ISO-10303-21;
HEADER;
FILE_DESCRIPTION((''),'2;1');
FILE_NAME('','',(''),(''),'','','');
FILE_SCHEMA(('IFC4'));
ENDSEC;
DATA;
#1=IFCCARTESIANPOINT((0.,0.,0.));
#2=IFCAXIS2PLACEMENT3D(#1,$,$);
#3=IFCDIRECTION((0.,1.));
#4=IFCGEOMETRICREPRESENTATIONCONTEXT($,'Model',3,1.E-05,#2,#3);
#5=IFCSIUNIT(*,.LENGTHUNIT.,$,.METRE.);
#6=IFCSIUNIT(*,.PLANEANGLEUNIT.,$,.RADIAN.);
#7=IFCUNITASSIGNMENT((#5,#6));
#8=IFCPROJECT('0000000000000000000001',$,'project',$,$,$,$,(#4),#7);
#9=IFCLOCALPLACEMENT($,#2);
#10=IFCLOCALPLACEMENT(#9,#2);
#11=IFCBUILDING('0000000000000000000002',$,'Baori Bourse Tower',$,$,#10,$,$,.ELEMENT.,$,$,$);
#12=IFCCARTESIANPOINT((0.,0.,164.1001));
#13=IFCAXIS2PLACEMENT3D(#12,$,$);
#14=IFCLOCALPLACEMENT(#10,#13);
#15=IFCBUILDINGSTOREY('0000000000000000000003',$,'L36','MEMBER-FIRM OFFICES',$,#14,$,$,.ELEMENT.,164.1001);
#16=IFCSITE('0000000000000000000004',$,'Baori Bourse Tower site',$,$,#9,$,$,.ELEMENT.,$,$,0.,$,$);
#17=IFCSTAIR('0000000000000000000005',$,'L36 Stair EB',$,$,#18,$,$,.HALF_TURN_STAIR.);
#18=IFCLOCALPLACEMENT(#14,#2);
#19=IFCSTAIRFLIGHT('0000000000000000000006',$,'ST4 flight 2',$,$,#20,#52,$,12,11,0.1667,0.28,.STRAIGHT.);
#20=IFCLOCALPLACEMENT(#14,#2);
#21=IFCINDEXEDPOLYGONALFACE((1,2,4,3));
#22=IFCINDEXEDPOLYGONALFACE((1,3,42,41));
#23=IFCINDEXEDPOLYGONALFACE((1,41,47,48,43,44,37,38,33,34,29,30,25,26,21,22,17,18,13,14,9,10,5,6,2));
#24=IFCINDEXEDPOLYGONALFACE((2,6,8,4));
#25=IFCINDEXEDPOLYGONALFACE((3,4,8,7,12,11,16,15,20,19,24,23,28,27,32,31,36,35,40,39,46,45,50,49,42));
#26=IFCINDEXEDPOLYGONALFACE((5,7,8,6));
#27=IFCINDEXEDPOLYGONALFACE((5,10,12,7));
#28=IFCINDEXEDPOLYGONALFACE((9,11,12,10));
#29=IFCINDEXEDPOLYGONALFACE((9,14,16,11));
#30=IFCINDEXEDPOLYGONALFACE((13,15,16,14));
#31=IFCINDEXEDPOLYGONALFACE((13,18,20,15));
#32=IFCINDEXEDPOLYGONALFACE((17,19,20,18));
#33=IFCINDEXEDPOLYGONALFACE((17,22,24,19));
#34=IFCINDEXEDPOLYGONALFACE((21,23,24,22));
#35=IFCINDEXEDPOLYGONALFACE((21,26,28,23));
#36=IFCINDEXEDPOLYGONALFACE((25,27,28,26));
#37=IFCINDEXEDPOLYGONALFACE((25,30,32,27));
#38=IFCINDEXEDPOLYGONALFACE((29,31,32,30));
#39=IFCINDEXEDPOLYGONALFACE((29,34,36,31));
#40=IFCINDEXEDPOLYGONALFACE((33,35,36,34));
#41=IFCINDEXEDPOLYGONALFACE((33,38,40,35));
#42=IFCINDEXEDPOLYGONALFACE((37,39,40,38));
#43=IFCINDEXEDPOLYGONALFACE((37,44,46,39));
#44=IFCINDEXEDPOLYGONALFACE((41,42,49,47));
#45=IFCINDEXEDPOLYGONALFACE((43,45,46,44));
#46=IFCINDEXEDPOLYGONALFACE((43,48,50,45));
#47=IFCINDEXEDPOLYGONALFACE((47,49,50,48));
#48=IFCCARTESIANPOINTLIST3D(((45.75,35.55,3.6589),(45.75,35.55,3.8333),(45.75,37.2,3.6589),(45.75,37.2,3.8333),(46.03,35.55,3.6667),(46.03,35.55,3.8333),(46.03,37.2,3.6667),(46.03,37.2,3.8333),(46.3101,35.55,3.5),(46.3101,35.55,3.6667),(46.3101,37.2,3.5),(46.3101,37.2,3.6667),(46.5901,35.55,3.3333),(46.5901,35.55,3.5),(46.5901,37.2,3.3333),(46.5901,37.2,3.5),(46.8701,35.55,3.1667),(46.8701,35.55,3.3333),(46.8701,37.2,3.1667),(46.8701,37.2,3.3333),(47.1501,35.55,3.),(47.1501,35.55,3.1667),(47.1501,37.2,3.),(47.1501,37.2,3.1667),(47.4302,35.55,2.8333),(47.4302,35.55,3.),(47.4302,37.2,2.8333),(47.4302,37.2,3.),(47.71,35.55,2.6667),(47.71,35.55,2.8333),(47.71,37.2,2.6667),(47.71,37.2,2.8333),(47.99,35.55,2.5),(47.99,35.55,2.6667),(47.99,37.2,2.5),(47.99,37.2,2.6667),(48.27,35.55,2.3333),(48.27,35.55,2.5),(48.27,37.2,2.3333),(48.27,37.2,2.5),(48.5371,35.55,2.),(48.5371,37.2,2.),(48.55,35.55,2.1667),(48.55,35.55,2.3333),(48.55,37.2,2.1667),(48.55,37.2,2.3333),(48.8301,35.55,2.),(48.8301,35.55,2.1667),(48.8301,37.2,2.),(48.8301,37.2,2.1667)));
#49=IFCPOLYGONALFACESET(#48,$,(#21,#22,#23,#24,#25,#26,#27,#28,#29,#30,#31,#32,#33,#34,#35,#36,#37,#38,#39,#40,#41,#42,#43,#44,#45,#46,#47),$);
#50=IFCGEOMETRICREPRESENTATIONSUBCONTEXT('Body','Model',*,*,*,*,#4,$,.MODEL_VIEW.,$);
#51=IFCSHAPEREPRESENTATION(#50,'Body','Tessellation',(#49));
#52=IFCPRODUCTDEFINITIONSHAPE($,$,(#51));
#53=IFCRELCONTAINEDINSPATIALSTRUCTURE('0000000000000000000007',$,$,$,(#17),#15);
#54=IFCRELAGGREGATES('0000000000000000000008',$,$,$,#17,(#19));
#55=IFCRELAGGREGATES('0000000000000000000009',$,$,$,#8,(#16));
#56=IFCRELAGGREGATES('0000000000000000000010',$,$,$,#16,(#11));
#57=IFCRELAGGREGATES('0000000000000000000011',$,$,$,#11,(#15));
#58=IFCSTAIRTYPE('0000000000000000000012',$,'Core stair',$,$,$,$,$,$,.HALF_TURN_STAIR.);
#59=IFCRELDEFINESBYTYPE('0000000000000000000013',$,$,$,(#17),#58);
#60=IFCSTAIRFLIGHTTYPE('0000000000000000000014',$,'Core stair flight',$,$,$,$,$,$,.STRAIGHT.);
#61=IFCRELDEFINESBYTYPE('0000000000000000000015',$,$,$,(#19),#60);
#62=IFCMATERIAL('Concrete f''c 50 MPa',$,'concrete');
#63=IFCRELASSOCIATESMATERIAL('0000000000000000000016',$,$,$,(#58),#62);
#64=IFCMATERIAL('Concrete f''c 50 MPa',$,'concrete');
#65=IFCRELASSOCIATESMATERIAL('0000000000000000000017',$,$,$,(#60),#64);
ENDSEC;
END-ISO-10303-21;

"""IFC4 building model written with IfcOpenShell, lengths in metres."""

from ifc_helpers import new_model, si_unit, direction, frame, origin, place, context, subcontext, project, spatial, polyline, outline, extrude, material, type_object, element, aggregate, save


model = new_model("IFC4")

# Units and contexts
model_context = context("Model", 3, precision=1e-05, world=origin(), true_north=direction((0.0, 1.0)))
body_context = subcontext(model_context, "Body", "Model", "MODEL_VIEW")
ifc_project = project(units=[si_unit("LENGTHUNIT", "METRE"), si_unit("PLANEANGLEUNIT", "RADIAN")], contexts=[model_context])

# Site, building, storey
site_placement = place(None, origin())
site = spatial("IfcSite", under=ifc_project, at=site_placement, Name="Baori Bourse Tower site", CompositionType="ELEMENT", RefElevation=0.0)
building_placement = place(site_placement, origin())
building = spatial("IfcBuilding", under=site, at=building_placement, Name="Baori Bourse Tower", CompositionType="ELEMENT")
storey_placement = place(building_placement, frame((0.0, 0.0, 164.1001)))
storey = spatial("IfcBuildingStorey", under=building, at=storey_placement, Name="L36", Description="MEMBER-FIRM OFFICES", CompositionType="ELEMENT", Elevation=164.1001)

# Stair, stair flight
ifc_material_1 = material(Name="Concrete f'c 50 MPa", Category="concrete")
stair_type = type_object("IfcStairType", Name="Core stair", PredefinedType="HALF_TURN_STAIR", material=ifc_material_1)
stair_placement = place(storey_placement, origin())
stair = element("IfcStair", 1, at=stair_placement, inside=storey, type_object=stair_type, Name="L36 Stair EB", PredefinedType="HALF_TURN_STAIR")
ifc_material_2 = material(Name="Concrete f'c 50 MPa", Category="concrete")
stair_flight_type = type_object("IfcStairFlightType", Name="Core stair flight", PredefinedType="STRAIGHT", material=ifc_material_2)
stair_flight_1_placement = place(storey_placement, frame((48.8301, 36.375, 2.0), z_axis=(0.0, 0.0, 1.0), x_axis=(-1.0, 0.0, 0.0)))
stair_flight_1 = element("IfcStairFlight", 2, at=stair_flight_1_placement, type_object=stair_flight_type, Name="ST4 flight 2", NumberOfRisers=12, NumberOfTreads=11, PredefinedType="STRAIGHT", RiserHeight=0.1667, TreadLength=0.28, context=body_context, shape_type="SweptSolid", body=[
    extrude(outline(polyline([(0.0, 0.0), (0.0, 0.1667), (0.28, 0.1667), (0.28, 0.3333), (0.5601, 0.3333), (0.5601, 0.5), (0.8401, 0.5), (0.8401, 0.6667), (1.1201, 0.6667), (1.1201, 0.8333), (1.3999, 0.8333), (1.3999, 1.0), (1.6799, 1.0), (1.6799, 1.1667), (1.96, 1.1667), (1.96, 1.3333), (2.24, 1.3333), (2.24, 1.5), (2.52, 1.5), (2.52, 1.6667), (2.8, 1.6667), (2.8, 1.8333), (3.0801, 1.8333), (3.0801, 2.0), (3.0801, 1.6589), (0.293, 0.0), (0.0, 0.0)])), frame((0.0, 0.825, 0.0), z_axis=(0.0, -1.0, 0.0), x_axis=(1.0, 0.0, 0.0)), (0.0, 0.0, 1.0), 1.6499),
])
aggregate(stair, [stair_flight_1])

save(model, "model.ifc")
